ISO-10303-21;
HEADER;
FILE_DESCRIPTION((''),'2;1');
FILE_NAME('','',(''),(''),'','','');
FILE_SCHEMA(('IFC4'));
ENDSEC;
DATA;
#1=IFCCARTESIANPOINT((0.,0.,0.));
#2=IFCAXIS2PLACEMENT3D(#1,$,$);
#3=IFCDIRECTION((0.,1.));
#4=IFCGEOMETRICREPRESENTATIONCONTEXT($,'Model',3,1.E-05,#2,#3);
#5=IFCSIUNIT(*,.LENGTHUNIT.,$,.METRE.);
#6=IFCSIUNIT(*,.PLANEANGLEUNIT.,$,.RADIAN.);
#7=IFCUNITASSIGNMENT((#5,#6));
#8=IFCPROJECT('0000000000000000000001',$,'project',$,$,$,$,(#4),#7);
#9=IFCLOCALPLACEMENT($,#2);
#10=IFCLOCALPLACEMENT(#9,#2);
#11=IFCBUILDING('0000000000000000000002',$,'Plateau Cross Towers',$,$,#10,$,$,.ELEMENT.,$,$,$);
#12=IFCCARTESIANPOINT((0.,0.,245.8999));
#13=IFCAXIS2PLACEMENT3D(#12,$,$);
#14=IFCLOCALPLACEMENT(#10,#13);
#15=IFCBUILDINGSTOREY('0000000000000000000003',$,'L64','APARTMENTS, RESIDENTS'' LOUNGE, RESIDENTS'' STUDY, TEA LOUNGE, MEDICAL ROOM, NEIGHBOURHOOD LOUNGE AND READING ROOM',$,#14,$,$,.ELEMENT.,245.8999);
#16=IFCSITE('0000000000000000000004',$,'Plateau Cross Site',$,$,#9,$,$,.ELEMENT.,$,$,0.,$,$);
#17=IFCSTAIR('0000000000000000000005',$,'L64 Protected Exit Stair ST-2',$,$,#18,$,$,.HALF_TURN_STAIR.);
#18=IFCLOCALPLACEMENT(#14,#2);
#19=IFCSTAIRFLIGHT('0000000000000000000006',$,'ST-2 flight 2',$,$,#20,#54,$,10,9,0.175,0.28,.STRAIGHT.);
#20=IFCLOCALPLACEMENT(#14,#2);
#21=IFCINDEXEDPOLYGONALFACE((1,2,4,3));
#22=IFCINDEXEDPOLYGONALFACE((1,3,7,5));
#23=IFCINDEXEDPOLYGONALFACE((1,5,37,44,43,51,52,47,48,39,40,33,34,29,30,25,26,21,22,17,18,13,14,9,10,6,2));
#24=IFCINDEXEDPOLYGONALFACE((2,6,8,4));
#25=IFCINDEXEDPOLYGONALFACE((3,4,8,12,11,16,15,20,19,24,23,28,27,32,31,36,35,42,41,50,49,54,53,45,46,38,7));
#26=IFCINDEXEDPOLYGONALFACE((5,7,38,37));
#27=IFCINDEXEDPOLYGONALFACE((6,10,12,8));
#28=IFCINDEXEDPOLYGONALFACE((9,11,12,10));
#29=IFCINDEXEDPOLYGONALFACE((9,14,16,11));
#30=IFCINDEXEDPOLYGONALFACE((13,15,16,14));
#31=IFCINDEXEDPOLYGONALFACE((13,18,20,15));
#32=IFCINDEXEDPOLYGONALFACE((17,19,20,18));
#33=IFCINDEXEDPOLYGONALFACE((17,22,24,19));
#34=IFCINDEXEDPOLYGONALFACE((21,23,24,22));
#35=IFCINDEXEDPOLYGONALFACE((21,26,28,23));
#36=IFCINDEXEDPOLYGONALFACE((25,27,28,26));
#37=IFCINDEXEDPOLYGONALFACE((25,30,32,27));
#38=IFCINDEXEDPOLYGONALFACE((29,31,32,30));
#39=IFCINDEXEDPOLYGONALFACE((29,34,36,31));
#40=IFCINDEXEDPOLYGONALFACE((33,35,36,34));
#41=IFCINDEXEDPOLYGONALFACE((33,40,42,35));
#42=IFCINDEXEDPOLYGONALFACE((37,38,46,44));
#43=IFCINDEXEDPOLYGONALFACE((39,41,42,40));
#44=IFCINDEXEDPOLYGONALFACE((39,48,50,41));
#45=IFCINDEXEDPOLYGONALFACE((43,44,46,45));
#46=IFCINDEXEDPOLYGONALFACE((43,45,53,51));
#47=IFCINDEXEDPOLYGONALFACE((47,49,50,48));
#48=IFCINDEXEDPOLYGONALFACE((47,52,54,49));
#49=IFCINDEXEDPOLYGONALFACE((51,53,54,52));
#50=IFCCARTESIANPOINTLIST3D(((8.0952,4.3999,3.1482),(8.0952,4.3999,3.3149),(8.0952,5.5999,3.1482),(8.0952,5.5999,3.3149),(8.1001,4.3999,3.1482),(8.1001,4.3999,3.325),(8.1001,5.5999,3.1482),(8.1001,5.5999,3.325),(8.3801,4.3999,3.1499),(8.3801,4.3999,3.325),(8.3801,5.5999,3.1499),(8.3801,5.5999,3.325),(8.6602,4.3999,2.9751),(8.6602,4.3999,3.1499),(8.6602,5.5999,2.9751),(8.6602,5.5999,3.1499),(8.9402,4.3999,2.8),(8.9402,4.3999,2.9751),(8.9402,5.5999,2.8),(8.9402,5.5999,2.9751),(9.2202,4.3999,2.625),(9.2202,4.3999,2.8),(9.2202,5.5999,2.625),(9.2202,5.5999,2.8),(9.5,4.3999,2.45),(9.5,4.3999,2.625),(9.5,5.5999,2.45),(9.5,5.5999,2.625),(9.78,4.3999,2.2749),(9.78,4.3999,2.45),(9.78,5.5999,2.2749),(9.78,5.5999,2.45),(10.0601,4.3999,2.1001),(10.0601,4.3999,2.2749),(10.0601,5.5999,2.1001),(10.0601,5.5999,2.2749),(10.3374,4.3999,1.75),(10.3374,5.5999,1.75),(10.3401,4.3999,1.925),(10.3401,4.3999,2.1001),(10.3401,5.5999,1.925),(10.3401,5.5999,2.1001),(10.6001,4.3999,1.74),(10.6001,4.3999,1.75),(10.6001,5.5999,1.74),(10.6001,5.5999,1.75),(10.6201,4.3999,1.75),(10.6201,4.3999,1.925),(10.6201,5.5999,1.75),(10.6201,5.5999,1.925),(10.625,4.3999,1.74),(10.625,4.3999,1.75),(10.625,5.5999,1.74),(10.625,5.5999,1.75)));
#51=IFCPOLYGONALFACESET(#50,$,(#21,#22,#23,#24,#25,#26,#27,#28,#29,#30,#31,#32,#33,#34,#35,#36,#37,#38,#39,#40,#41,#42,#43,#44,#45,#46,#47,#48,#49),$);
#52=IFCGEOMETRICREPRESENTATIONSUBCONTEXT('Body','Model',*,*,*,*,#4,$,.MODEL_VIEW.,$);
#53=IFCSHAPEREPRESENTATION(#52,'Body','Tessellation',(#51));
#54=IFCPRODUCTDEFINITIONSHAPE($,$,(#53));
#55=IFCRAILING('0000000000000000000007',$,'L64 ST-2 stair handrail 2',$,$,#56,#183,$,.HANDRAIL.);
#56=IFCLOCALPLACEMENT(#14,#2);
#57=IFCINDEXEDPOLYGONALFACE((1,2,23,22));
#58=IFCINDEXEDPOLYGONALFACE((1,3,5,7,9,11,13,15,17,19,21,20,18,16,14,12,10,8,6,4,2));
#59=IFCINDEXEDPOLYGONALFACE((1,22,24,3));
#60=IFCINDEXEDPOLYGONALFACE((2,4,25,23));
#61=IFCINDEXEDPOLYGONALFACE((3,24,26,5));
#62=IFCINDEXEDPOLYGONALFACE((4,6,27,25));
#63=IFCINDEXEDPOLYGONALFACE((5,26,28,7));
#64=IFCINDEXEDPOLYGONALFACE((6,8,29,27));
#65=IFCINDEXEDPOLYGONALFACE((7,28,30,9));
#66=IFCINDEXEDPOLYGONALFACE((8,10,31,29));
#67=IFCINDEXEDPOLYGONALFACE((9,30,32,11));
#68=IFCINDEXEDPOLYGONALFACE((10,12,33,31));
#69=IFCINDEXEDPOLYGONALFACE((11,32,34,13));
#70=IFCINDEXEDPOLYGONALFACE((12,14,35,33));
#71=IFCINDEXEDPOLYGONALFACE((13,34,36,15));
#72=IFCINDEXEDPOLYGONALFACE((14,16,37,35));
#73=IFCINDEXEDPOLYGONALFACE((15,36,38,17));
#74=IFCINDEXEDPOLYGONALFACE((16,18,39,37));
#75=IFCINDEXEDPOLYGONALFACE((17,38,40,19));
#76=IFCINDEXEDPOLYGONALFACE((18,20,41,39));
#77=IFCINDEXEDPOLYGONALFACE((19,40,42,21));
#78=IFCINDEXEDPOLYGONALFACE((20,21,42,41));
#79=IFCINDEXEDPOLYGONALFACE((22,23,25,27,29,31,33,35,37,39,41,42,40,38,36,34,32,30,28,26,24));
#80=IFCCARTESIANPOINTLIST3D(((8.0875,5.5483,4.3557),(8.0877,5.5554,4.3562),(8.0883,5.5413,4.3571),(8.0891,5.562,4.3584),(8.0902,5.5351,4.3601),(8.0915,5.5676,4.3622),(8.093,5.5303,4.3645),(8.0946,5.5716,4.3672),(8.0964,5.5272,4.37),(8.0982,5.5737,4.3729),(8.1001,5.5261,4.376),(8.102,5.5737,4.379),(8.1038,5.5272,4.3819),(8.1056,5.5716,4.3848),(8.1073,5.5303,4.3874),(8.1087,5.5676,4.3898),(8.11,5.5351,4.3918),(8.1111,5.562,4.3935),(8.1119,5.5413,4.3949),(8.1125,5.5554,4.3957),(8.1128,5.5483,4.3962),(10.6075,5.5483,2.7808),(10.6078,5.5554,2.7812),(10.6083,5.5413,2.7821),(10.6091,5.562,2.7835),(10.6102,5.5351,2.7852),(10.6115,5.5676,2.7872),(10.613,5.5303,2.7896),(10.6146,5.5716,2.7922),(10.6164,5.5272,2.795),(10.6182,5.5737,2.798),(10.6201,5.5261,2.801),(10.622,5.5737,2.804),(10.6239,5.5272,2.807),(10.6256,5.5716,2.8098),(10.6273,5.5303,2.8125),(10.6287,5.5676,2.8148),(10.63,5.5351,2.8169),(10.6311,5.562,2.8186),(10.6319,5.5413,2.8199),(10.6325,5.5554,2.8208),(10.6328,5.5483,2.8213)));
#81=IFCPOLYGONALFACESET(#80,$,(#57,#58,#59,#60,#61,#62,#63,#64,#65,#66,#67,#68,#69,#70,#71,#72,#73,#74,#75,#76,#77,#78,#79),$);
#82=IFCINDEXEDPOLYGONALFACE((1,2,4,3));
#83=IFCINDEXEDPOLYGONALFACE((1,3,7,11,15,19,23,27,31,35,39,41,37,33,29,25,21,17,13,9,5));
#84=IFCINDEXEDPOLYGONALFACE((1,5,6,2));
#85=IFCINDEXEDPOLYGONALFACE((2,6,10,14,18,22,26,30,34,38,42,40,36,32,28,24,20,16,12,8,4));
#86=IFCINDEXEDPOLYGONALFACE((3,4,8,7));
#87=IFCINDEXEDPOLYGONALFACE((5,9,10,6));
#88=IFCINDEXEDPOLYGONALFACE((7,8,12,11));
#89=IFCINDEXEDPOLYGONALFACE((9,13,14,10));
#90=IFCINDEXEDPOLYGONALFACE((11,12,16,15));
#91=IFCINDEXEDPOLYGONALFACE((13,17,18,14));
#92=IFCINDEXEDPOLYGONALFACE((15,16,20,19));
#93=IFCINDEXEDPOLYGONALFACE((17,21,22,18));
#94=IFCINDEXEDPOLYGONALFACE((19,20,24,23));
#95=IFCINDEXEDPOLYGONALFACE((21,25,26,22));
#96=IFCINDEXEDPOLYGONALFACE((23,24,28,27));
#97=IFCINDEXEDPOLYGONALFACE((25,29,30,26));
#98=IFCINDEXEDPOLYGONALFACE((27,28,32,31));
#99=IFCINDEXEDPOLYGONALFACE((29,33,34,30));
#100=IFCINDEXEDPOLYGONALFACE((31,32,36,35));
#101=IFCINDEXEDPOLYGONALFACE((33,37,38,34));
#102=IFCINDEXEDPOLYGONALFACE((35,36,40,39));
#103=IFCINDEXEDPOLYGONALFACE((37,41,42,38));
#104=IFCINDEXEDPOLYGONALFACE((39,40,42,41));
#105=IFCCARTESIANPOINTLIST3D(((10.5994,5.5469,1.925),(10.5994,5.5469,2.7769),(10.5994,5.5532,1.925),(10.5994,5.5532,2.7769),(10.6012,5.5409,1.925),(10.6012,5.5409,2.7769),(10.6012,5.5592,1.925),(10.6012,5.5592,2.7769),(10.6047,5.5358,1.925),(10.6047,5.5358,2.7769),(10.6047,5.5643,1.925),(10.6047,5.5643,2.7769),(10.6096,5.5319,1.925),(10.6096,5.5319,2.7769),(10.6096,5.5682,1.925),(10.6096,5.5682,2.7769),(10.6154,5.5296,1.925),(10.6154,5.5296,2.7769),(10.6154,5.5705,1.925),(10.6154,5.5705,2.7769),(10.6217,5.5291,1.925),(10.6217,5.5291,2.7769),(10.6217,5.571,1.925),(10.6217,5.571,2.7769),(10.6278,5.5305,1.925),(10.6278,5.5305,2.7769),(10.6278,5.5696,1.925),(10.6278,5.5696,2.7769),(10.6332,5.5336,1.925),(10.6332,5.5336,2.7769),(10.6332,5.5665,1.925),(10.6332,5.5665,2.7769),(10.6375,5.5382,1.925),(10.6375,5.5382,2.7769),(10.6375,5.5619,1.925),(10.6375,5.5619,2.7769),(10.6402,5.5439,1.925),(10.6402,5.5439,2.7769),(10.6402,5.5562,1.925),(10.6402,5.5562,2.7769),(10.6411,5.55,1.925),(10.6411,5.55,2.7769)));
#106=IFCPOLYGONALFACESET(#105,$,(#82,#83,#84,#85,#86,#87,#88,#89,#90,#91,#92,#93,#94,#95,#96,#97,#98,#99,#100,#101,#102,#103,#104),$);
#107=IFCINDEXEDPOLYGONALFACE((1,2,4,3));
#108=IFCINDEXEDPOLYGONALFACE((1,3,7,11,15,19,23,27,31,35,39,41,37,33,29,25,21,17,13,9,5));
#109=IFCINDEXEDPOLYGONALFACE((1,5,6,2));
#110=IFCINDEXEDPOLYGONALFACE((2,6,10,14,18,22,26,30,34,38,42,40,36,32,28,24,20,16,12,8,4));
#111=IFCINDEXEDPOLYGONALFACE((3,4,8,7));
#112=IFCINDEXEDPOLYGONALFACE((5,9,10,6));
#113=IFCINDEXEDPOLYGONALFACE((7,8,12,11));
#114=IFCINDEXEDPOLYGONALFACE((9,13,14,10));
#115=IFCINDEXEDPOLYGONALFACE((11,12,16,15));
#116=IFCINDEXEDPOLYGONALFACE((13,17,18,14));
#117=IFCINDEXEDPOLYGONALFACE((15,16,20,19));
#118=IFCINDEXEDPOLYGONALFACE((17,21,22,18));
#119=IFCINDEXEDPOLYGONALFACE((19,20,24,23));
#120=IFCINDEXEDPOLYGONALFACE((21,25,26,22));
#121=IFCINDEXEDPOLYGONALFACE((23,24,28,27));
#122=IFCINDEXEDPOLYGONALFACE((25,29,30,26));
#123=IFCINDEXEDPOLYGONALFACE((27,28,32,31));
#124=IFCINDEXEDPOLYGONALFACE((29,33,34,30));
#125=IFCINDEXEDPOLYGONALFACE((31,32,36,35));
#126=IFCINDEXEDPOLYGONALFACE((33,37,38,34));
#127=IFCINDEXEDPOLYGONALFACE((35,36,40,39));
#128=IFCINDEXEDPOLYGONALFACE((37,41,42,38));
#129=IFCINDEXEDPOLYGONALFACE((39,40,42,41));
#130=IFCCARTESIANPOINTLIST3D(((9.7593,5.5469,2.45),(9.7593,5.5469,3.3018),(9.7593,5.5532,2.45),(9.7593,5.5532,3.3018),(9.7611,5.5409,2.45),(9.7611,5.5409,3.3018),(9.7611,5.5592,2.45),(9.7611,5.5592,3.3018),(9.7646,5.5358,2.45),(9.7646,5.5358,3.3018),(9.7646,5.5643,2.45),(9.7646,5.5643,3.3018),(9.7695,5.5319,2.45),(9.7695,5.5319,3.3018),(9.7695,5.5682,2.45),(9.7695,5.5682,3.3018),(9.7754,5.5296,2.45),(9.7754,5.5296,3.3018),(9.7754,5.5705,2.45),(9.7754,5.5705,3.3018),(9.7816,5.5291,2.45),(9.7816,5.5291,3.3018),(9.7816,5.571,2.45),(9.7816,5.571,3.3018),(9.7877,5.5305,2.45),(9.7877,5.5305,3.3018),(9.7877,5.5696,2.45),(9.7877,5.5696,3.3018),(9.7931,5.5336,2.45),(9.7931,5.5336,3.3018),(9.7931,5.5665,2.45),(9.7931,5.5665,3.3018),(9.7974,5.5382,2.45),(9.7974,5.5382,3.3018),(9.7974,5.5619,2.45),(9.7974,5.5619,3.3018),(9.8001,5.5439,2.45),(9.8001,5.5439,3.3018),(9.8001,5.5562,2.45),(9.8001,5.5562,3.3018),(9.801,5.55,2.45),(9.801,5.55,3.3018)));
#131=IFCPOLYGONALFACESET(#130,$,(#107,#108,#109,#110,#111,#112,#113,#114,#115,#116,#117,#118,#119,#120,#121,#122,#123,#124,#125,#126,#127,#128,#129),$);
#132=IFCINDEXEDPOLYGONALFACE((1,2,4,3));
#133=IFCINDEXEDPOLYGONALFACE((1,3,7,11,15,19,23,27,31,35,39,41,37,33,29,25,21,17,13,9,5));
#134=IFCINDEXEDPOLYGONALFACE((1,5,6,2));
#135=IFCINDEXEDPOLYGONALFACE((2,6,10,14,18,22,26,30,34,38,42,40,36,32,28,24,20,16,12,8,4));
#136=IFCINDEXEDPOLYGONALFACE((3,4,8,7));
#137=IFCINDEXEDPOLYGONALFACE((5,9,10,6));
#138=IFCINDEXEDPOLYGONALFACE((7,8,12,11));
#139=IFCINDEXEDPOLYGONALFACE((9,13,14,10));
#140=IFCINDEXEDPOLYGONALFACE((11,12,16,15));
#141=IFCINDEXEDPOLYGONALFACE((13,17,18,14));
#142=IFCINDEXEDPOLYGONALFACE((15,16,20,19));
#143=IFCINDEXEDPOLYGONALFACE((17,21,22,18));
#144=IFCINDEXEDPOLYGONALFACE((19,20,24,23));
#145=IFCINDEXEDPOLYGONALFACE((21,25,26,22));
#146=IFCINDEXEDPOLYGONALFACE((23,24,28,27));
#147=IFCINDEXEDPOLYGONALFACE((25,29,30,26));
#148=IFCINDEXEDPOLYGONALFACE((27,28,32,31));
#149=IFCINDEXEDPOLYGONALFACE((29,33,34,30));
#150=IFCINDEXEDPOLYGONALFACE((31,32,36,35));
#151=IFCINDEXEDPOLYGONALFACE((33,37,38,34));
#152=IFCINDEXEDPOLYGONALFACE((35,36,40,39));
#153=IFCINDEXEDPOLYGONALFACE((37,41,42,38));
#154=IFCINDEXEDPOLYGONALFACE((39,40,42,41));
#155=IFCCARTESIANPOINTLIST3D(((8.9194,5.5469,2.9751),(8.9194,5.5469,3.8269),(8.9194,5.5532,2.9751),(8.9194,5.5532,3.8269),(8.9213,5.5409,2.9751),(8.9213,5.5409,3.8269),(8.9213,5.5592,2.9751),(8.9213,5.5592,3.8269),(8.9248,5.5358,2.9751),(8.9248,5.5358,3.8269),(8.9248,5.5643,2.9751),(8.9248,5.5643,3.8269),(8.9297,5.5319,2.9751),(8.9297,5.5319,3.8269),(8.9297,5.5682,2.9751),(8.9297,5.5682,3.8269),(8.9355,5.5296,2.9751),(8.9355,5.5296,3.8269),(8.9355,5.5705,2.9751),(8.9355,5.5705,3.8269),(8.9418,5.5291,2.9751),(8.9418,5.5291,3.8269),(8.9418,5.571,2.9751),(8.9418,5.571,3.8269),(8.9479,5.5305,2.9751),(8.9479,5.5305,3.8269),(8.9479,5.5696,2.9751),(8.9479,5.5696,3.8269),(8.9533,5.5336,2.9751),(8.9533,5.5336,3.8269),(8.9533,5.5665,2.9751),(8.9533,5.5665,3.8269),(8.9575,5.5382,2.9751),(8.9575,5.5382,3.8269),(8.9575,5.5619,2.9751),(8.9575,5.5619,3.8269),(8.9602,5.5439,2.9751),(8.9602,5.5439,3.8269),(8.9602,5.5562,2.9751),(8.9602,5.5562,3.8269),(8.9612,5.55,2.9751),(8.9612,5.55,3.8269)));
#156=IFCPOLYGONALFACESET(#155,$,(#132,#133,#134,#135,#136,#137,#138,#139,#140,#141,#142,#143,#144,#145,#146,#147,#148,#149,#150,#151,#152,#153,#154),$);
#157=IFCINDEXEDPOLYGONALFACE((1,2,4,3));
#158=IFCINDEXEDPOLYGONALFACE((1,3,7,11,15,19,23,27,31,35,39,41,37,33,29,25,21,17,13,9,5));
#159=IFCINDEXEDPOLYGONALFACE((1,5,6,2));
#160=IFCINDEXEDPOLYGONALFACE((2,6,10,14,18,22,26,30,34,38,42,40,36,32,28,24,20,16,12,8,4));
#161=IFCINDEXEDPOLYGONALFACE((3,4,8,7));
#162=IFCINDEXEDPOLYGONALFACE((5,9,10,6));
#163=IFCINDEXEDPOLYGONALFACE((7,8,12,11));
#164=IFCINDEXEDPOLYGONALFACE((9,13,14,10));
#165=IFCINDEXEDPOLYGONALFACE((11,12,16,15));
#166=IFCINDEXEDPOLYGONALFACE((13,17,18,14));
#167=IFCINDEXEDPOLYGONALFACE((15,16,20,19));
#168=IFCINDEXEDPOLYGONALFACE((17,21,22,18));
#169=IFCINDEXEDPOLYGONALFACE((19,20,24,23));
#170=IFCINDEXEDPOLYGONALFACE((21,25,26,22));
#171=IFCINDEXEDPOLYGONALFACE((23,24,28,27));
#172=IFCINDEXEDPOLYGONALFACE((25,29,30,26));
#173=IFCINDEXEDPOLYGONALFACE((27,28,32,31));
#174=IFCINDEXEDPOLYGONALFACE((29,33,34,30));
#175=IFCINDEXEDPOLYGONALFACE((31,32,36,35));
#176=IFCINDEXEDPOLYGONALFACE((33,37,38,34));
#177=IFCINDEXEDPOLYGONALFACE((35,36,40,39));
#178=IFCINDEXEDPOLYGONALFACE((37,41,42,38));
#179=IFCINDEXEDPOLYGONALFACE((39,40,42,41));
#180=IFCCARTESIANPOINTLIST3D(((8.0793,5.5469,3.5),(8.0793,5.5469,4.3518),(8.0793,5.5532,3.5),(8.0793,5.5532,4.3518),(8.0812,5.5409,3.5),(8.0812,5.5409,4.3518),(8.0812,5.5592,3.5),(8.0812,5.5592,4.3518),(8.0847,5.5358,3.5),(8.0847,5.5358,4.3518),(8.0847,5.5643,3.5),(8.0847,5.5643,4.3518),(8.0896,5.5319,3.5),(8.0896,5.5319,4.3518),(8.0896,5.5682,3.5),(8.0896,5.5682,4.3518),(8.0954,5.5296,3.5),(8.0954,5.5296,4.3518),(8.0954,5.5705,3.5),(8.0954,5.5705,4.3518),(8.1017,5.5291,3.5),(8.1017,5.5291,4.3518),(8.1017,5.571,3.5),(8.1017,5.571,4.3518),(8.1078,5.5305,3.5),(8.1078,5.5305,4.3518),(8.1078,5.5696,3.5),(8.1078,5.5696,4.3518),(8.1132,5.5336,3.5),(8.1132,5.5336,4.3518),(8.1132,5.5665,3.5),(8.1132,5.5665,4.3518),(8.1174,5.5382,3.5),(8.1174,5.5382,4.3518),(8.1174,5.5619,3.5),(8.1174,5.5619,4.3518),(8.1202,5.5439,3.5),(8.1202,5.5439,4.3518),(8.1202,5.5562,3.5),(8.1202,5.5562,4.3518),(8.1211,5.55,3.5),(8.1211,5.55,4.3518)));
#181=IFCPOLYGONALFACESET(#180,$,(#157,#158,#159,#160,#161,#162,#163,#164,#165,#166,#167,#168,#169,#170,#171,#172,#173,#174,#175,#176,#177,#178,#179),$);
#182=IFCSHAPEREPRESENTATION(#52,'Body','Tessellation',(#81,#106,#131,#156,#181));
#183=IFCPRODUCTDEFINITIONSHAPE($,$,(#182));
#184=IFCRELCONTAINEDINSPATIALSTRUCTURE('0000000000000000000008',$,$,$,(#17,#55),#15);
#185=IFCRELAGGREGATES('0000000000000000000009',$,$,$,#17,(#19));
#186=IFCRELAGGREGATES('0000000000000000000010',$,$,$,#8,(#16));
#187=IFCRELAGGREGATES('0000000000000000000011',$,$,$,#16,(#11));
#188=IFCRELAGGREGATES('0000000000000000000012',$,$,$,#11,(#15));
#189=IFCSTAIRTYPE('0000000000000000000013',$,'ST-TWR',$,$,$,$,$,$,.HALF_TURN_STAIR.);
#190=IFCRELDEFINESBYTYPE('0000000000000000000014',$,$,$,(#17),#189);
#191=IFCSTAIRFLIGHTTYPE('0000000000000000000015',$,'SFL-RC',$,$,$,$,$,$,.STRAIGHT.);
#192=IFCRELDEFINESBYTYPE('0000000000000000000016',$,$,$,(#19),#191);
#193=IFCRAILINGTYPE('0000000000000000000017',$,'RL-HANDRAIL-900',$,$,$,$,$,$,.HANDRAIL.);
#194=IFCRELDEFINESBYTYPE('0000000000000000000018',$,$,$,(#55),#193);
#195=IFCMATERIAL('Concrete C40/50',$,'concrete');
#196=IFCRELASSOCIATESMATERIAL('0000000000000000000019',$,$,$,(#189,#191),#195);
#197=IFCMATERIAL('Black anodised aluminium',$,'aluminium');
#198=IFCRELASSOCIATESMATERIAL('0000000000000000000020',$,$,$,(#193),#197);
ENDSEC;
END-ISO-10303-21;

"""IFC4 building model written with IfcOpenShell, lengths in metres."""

from ifc_helpers import new_model, si_unit, direction, frame, origin, origin_2d, place, context, subcontext, project, spatial, polyline, circle, outline, extrude, material, type_object, element, aggregate, save


model = new_model("IFC4")

# Units and contexts
model_context = context("Model", 3, precision=1e-05, world=origin(), true_north=direction((0.0, 1.0)))
body_context = subcontext(model_context, "Body", "Model", "MODEL_VIEW")
ifc_project = project(units=[si_unit("LENGTHUNIT", "METRE"), si_unit("PLANEANGLEUNIT", "RADIAN")], contexts=[model_context])

# Site, building, storey
site_placement = place(None, origin())
site = spatial("IfcSite", under=ifc_project, at=site_placement, Name="Plateau Cross Site", CompositionType="ELEMENT", RefElevation=0.0)
building_placement = place(site_placement, origin())
building = spatial("IfcBuilding", under=site, at=building_placement, Name="Plateau Cross Towers", CompositionType="ELEMENT")
storey_placement = place(building_placement, frame((0.0, 0.0, 245.8999)))
storey = spatial("IfcBuildingStorey", under=building, at=storey_placement, Name="L64", Description="APARTMENTS, RESIDENTS' LOUNGE, RESIDENTS' STUDY, TEA LOUNGE, MEDICAL ROOM, NEIGHBOURHOOD LOUNGE AND READING ROOM", CompositionType="ELEMENT", Elevation=245.8999)

# Shared definitions
ifc_material_1 = material(Name="Black anodised aluminium", Category="aluminium")

# Stair, stair flight
ifc_material_2 = material(Name="Concrete C40/50", Category="concrete")
stair_type = type_object("IfcStairType", Name="ST-TWR", PredefinedType="HALF_TURN_STAIR", material=ifc_material_2)
stair_placement = place(storey_placement, origin())
stair = element("IfcStair", 1, at=stair_placement, inside=storey, type_object=stair_type, Name="L64 Protected Exit Stair ST-2", PredefinedType="HALF_TURN_STAIR")
stair_flight_type = type_object("IfcStairFlightType", Name="SFL-RC", PredefinedType="STRAIGHT", material=ifc_material_2)
stair_flight_placement = place(storey_placement, frame((10.6201, 5.0, 1.75), z_axis=(0.0, 0.0, 1.0), x_axis=(-1.0, 0.0, 0.0)))
stair_flight = element("IfcStairFlight", 2, at=stair_flight_placement, type_object=stair_flight_type, Name="ST-2 flight 2", NumberOfRisers=10, NumberOfTreads=9, PredefinedType="STRAIGHT", RiserHeight=0.175, TreadLength=0.28, context=body_context, shape_type="SweptSolid", body=[
    extrude(outline(polyline([(-0.0049, -0.01), (-0.0049, 0.0), (0.0, 0.0), (0.0, 0.175), (0.28, 0.175), (0.28, 0.3501), (0.5601, 0.3501), (0.5601, 0.5249), (0.8401, 0.5249), (0.8401, 0.7), (1.1201, 0.7), (1.1201, 0.875), (1.3999, 0.875), (1.3999, 1.05), (1.6799, 1.05), (1.6799, 1.2251), (1.96, 1.2251), (1.96, 1.3999), (2.24, 1.3999), (2.24, 1.575), (2.52, 1.575), (2.5249, 1.5649), (2.5249, 1.3982), (2.52, 1.3982), (0.2827, 0.0), (0.02, 0.0), (0.02, -0.01), (-0.0049, -0.01)])), frame((0.0, 0.6001, 0.0), z_axis=(0.0, -1.0, 0.0), x_axis=(1.0, 0.0, 0.0)), (0.0, 0.0, 1.0), 1.2),
])
aggregate(stair, [stair_flight])

# Railing
railing_type = type_object("IfcRailingType", Name="RL-HANDRAIL-900", PredefinedType="HANDRAIL", material=ifc_material_1)
railing_placement = place(storey_placement, frame((10.6201, 5.55, 1.925)))
element("IfcRailing", 3, at=railing_placement, inside=storey, type_object=railing_type, Name="L64 ST-2 stair handrail 2", PredefinedType="HANDRAIL", context=body_context, shape_type="SweptSolid", body=[
    extrude(circle(Radius=0.0239, at=origin_2d()), frame((0.0, 0.0, 0.876), z_axis=(-0.848008, 0.0, 0.529984), x_axis=(0.0, -1.0, 0.0)), (0.0, 0.0, 1.0), 2.9717),
    extrude(circle(Radius=0.021, at=origin_2d()), origin(), (0.0, 0.0, 1.0), 0.8518),
    extrude(circle(Radius=0.021, at=origin_2d()), frame((-0.8401, 0.0, 0.5249)), (0.0, 0.0, 1.0), 0.8518),
    extrude(circle(Radius=0.021, at=origin_2d()), frame((-1.6799, 0.0, 1.05)), (0.0, 0.0, 1.0), 0.8518),
    extrude(circle(Radius=0.021, at=origin_2d()), frame((-2.52, 0.0, 1.575)), (0.0, 0.0, 1.0), 0.8518),
])

save(model, "model.ifc")
